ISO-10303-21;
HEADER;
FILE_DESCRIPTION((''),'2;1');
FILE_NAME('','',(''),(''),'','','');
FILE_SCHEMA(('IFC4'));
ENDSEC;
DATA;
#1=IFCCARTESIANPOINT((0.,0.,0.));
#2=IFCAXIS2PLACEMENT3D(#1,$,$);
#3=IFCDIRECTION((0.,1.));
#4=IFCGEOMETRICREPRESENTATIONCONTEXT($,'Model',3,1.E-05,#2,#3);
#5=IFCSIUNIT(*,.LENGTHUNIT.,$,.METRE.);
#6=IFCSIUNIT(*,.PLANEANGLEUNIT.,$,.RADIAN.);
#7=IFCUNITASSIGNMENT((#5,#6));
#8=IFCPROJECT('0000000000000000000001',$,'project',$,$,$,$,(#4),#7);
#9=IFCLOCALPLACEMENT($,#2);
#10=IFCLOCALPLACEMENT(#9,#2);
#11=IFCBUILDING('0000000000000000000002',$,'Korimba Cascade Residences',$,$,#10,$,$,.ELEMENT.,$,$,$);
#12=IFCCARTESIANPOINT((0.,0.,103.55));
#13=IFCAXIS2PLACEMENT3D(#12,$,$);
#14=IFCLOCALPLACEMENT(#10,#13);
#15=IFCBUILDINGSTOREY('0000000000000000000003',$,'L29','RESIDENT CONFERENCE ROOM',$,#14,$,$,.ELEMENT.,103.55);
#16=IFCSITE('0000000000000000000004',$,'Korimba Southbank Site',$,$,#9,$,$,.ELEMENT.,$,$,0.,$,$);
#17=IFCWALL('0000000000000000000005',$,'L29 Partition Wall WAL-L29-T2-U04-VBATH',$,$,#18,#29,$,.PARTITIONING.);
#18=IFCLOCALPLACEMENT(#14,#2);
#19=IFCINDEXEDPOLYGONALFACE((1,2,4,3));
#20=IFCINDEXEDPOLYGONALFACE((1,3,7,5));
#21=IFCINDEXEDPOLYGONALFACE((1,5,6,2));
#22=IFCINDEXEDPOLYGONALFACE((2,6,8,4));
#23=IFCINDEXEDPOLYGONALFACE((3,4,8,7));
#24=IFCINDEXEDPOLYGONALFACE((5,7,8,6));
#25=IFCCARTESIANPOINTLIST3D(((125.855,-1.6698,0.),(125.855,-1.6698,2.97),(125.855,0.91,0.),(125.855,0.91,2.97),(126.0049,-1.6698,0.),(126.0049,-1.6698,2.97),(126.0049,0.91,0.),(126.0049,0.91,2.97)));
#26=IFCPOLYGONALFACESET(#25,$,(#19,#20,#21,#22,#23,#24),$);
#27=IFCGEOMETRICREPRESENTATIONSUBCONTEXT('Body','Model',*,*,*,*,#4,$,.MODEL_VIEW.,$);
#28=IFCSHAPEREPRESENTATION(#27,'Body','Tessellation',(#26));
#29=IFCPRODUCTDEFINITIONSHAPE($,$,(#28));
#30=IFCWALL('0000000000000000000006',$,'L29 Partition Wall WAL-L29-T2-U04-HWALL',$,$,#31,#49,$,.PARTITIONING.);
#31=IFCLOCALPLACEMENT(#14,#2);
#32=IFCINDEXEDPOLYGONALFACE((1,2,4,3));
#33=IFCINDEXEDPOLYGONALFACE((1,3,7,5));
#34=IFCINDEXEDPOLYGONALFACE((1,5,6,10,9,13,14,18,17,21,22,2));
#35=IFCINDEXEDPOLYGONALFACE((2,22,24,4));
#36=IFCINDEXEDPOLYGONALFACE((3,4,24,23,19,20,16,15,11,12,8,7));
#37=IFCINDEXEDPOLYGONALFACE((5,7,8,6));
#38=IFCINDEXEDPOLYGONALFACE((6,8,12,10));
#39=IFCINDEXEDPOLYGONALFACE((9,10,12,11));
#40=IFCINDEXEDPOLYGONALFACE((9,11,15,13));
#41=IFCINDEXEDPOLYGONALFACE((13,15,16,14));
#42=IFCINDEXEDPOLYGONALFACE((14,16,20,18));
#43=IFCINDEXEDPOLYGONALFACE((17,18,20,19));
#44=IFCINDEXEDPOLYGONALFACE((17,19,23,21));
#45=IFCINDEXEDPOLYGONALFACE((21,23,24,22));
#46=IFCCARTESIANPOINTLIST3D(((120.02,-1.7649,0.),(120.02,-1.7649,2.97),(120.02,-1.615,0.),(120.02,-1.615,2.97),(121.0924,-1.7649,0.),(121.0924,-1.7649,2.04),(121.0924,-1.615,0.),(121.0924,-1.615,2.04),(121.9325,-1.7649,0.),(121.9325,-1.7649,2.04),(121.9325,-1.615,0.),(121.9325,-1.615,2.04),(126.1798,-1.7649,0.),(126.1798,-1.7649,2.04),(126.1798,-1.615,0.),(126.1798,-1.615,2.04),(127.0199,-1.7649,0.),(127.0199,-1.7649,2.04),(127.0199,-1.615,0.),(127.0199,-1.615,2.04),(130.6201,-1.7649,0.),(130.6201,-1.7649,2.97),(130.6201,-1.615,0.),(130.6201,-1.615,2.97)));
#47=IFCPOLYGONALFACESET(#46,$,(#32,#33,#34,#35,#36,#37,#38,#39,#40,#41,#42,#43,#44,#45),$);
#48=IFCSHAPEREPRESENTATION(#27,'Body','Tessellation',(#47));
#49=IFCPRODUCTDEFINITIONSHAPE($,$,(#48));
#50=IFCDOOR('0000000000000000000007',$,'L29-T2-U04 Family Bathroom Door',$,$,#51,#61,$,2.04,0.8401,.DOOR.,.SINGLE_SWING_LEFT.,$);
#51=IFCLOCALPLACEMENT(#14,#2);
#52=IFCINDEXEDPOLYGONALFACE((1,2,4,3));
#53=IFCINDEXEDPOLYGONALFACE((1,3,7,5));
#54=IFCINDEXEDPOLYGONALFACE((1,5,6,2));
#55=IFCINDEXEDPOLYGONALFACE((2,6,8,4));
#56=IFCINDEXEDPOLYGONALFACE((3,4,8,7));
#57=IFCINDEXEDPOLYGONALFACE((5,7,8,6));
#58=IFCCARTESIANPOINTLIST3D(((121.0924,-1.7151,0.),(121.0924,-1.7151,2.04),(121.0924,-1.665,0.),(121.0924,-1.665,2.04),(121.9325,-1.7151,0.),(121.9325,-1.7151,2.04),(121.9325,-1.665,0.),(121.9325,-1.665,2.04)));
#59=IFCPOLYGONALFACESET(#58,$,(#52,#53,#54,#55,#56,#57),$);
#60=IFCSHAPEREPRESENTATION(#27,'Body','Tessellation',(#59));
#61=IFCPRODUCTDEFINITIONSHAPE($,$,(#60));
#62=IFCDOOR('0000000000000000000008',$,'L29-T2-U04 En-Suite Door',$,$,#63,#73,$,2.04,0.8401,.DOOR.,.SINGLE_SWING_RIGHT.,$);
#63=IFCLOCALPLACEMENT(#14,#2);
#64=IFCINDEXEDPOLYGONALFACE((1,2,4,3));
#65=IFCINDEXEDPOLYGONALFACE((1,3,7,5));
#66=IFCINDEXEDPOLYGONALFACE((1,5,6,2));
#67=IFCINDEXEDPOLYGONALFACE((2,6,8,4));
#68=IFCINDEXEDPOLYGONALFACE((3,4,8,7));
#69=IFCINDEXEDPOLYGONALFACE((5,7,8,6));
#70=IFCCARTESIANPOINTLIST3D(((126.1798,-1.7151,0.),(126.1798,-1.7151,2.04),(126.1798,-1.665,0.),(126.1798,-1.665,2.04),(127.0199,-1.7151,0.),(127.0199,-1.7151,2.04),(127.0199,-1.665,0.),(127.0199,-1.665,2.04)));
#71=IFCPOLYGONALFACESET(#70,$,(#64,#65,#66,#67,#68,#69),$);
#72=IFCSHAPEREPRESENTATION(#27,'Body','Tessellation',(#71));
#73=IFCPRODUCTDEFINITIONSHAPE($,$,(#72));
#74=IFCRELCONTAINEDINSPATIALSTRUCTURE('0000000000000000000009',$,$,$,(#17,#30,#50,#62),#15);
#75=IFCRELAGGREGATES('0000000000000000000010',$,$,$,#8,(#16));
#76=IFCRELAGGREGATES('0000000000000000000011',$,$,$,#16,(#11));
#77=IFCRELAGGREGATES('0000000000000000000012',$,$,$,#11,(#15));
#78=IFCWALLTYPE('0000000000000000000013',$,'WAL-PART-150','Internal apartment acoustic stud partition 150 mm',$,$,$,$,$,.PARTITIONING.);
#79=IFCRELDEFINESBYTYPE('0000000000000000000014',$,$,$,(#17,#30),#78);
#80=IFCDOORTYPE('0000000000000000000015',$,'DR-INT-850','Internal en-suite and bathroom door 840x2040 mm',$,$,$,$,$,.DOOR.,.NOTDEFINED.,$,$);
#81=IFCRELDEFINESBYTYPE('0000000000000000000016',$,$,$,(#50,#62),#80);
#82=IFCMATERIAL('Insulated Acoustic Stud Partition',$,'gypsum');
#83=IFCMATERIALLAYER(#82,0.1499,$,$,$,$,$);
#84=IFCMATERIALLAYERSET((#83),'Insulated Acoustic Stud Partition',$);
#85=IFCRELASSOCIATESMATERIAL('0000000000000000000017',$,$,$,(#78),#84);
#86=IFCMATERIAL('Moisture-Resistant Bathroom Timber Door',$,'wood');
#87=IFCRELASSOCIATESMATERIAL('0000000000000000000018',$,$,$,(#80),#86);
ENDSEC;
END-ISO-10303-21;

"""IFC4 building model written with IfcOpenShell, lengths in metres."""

from ifc_helpers import new_model, si_unit, direction, frame, frame_2d, origin, place, context, subcontext, project, spatial, rectangle, extrude, material, layer, layer_set, type_object, element, fill, save


model = new_model("IFC4")

# Units and contexts
model_context = context("Model", 3, precision=1e-05, world=origin(), true_north=direction((0.0, 1.0)))
body_context = subcontext(model_context, "Body", "Model", "MODEL_VIEW")
ifc_project = project(units=[si_unit("LENGTHUNIT", "METRE"), si_unit("PLANEANGLEUNIT", "RADIAN")], contexts=[model_context])

# Site, building, storey
site_placement = place(None, origin())
site = spatial("IfcSite", under=ifc_project, at=site_placement, Name="Korimba Southbank Site", CompositionType="ELEMENT", RefElevation=0.0)
building_placement = place(site_placement, origin())
building = spatial("IfcBuilding", under=site, at=building_placement, Name="Korimba Cascade Residences", CompositionType="ELEMENT")
storey_placement = place(building_placement, frame((0.0, 0.0, 103.55)))
storey = spatial("IfcBuildingStorey", under=building, at=storey_placement, Name="L29", Description="RESIDENT CONFERENCE ROOM", CompositionType="ELEMENT", Elevation=103.55)

# Shared definitions
ifc_material_1 = material(Name="Insulated Acoustic Stud Partition", Category="gypsum")
ifc_layer = layer(ifc_material_1, 0.1499)
ifc_layer_set = layer_set([ifc_layer], Name="Insulated Acoustic Stud Partition")
wall_type = type_object("IfcWallType", Name="WAL-PART-150", Description="Internal apartment acoustic stud partition 150 mm", PredefinedType="PARTITIONING", material=ifc_layer_set)
ifc_material_2 = material(Name="Moisture-Resistant Bathroom Timber Door", Category="wood")
door_type_1 = type_object("IfcDoorType", Name="DR-INT-850", Description="Internal en-suite and bathroom door 840x2040 mm", OperationType="NOTDEFINED", PredefinedType="DOOR", material=ifc_material_2)

# Wall
wall_1_placement = place(storey_placement, frame((125.9299, -1.6699, 0.0), z_axis=(0.0, 0.0, 1.0), x_axis=(0.0, 1.0, 0.0)))
element("IfcWall", 1, at=wall_1_placement, inside=storey, type_object=wall_type, Name="L29 Partition Wall WAL-L29-T2-U04-VBATH", PredefinedType="PARTITIONING", context=body_context, shape_type="SweptSolid", body=[
    extrude(rectangle(XDim=2.5798, YDim=0.1499, at=frame_2d((1.29, 0.0))), origin(), (0.0, 0.0, 1.0), 2.97),
])

# Wall, openings, doors
wall_2_placement = place(storey_placement, frame((120.02, -1.6899, 0.0), z_axis=(0.0, 0.0, 1.0), x_axis=(1.0, 0.0, 0.0)))
wall_2 = element("IfcWall", 2, at=wall_2_placement, inside=storey, type_object=wall_type, Name="L29 Partition Wall WAL-L29-T2-U04-HWALL", PredefinedType="PARTITIONING", context=body_context, shape_type="SweptSolid", body=[
    extrude(rectangle(XDim=10.6001, YDim=0.1499, at=frame_2d((5.3, 0.0))), origin(), (0.0, 0.0, 1.0), 2.97),
])
opening_1_placement = place(wall_2_placement, frame((1.0725, 0.0, 0.0)))
opening_1 = element("IfcOpeningElement", 3, at=opening_1_placement, cuts=wall_2, PredefinedType="OPENING", context=body_context, shape_type="SweptSolid", body=[
    extrude(rectangle(XDim=0.8401, YDim=2.04, at=frame_2d((0.4199, 1.02))), frame((0.0, 0.085, 0.0), z_axis=(0.0, -1.0, 0.0), x_axis=(1.0, 0.0, 0.0)), (0.0, 0.0, 1.0), 0.1699),
])
opening_2_placement = place(wall_2_placement, frame((6.1599, 0.0, 0.0)))
opening_2 = element("IfcOpeningElement", 4, at=opening_2_placement, cuts=wall_2, PredefinedType="OPENING", context=body_context, shape_type="SweptSolid", body=[
    extrude(rectangle(XDim=0.8401, YDim=2.04, at=frame_2d((0.4199, 1.02))), frame((0.0, 0.085, 0.0), z_axis=(0.0, -1.0, 0.0), x_axis=(1.0, 0.0, 0.0)), (0.0, 0.0, 1.0), 0.1699),
])
door_1_placement = place(opening_1_placement, origin())
door_1 = element("IfcDoor", 5, at=door_1_placement, inside=storey, type_object=door_type_1, Name="L29-T2-U04 Family Bathroom Door", OperationType="SINGLE_SWING_LEFT", OverallHeight=2.04, OverallWidth=0.8401, PredefinedType="DOOR", context=body_context, shape_type="SweptSolid", body=[
    extrude(rectangle(XDim=0.8401, YDim=2.04, at=frame_2d((0.4199, 1.02))), frame((0.0, 0.0249, 0.0), z_axis=(0.0, -1.0, 0.0), x_axis=(1.0, 0.0, 0.0)), (0.0, 0.0, 1.0), 0.05),
])
fill(opening_1, door_1)
door_2_placement = place(opening_2_placement, origin())
door_2 = element("IfcDoor", 6, at=door_2_placement, inside=storey, type_object=door_type_1, Name="L29-T2-U04 En-Suite Door", OperationType="SINGLE_SWING_RIGHT", OverallHeight=2.04, OverallWidth=0.8401, PredefinedType="DOOR", context=body_context, shape_type="SweptSolid", body=[
    extrude(rectangle(XDim=0.8401, YDim=2.04, at=frame_2d((0.4199, 1.02))), frame((0.0, 0.0249, 0.0), z_axis=(0.0, -1.0, 0.0), x_axis=(1.0, 0.0, 0.0)), (0.0, 0.0, 1.0), 0.05),
])
fill(opening_2, door_2)

save(model, "model.ifc")
